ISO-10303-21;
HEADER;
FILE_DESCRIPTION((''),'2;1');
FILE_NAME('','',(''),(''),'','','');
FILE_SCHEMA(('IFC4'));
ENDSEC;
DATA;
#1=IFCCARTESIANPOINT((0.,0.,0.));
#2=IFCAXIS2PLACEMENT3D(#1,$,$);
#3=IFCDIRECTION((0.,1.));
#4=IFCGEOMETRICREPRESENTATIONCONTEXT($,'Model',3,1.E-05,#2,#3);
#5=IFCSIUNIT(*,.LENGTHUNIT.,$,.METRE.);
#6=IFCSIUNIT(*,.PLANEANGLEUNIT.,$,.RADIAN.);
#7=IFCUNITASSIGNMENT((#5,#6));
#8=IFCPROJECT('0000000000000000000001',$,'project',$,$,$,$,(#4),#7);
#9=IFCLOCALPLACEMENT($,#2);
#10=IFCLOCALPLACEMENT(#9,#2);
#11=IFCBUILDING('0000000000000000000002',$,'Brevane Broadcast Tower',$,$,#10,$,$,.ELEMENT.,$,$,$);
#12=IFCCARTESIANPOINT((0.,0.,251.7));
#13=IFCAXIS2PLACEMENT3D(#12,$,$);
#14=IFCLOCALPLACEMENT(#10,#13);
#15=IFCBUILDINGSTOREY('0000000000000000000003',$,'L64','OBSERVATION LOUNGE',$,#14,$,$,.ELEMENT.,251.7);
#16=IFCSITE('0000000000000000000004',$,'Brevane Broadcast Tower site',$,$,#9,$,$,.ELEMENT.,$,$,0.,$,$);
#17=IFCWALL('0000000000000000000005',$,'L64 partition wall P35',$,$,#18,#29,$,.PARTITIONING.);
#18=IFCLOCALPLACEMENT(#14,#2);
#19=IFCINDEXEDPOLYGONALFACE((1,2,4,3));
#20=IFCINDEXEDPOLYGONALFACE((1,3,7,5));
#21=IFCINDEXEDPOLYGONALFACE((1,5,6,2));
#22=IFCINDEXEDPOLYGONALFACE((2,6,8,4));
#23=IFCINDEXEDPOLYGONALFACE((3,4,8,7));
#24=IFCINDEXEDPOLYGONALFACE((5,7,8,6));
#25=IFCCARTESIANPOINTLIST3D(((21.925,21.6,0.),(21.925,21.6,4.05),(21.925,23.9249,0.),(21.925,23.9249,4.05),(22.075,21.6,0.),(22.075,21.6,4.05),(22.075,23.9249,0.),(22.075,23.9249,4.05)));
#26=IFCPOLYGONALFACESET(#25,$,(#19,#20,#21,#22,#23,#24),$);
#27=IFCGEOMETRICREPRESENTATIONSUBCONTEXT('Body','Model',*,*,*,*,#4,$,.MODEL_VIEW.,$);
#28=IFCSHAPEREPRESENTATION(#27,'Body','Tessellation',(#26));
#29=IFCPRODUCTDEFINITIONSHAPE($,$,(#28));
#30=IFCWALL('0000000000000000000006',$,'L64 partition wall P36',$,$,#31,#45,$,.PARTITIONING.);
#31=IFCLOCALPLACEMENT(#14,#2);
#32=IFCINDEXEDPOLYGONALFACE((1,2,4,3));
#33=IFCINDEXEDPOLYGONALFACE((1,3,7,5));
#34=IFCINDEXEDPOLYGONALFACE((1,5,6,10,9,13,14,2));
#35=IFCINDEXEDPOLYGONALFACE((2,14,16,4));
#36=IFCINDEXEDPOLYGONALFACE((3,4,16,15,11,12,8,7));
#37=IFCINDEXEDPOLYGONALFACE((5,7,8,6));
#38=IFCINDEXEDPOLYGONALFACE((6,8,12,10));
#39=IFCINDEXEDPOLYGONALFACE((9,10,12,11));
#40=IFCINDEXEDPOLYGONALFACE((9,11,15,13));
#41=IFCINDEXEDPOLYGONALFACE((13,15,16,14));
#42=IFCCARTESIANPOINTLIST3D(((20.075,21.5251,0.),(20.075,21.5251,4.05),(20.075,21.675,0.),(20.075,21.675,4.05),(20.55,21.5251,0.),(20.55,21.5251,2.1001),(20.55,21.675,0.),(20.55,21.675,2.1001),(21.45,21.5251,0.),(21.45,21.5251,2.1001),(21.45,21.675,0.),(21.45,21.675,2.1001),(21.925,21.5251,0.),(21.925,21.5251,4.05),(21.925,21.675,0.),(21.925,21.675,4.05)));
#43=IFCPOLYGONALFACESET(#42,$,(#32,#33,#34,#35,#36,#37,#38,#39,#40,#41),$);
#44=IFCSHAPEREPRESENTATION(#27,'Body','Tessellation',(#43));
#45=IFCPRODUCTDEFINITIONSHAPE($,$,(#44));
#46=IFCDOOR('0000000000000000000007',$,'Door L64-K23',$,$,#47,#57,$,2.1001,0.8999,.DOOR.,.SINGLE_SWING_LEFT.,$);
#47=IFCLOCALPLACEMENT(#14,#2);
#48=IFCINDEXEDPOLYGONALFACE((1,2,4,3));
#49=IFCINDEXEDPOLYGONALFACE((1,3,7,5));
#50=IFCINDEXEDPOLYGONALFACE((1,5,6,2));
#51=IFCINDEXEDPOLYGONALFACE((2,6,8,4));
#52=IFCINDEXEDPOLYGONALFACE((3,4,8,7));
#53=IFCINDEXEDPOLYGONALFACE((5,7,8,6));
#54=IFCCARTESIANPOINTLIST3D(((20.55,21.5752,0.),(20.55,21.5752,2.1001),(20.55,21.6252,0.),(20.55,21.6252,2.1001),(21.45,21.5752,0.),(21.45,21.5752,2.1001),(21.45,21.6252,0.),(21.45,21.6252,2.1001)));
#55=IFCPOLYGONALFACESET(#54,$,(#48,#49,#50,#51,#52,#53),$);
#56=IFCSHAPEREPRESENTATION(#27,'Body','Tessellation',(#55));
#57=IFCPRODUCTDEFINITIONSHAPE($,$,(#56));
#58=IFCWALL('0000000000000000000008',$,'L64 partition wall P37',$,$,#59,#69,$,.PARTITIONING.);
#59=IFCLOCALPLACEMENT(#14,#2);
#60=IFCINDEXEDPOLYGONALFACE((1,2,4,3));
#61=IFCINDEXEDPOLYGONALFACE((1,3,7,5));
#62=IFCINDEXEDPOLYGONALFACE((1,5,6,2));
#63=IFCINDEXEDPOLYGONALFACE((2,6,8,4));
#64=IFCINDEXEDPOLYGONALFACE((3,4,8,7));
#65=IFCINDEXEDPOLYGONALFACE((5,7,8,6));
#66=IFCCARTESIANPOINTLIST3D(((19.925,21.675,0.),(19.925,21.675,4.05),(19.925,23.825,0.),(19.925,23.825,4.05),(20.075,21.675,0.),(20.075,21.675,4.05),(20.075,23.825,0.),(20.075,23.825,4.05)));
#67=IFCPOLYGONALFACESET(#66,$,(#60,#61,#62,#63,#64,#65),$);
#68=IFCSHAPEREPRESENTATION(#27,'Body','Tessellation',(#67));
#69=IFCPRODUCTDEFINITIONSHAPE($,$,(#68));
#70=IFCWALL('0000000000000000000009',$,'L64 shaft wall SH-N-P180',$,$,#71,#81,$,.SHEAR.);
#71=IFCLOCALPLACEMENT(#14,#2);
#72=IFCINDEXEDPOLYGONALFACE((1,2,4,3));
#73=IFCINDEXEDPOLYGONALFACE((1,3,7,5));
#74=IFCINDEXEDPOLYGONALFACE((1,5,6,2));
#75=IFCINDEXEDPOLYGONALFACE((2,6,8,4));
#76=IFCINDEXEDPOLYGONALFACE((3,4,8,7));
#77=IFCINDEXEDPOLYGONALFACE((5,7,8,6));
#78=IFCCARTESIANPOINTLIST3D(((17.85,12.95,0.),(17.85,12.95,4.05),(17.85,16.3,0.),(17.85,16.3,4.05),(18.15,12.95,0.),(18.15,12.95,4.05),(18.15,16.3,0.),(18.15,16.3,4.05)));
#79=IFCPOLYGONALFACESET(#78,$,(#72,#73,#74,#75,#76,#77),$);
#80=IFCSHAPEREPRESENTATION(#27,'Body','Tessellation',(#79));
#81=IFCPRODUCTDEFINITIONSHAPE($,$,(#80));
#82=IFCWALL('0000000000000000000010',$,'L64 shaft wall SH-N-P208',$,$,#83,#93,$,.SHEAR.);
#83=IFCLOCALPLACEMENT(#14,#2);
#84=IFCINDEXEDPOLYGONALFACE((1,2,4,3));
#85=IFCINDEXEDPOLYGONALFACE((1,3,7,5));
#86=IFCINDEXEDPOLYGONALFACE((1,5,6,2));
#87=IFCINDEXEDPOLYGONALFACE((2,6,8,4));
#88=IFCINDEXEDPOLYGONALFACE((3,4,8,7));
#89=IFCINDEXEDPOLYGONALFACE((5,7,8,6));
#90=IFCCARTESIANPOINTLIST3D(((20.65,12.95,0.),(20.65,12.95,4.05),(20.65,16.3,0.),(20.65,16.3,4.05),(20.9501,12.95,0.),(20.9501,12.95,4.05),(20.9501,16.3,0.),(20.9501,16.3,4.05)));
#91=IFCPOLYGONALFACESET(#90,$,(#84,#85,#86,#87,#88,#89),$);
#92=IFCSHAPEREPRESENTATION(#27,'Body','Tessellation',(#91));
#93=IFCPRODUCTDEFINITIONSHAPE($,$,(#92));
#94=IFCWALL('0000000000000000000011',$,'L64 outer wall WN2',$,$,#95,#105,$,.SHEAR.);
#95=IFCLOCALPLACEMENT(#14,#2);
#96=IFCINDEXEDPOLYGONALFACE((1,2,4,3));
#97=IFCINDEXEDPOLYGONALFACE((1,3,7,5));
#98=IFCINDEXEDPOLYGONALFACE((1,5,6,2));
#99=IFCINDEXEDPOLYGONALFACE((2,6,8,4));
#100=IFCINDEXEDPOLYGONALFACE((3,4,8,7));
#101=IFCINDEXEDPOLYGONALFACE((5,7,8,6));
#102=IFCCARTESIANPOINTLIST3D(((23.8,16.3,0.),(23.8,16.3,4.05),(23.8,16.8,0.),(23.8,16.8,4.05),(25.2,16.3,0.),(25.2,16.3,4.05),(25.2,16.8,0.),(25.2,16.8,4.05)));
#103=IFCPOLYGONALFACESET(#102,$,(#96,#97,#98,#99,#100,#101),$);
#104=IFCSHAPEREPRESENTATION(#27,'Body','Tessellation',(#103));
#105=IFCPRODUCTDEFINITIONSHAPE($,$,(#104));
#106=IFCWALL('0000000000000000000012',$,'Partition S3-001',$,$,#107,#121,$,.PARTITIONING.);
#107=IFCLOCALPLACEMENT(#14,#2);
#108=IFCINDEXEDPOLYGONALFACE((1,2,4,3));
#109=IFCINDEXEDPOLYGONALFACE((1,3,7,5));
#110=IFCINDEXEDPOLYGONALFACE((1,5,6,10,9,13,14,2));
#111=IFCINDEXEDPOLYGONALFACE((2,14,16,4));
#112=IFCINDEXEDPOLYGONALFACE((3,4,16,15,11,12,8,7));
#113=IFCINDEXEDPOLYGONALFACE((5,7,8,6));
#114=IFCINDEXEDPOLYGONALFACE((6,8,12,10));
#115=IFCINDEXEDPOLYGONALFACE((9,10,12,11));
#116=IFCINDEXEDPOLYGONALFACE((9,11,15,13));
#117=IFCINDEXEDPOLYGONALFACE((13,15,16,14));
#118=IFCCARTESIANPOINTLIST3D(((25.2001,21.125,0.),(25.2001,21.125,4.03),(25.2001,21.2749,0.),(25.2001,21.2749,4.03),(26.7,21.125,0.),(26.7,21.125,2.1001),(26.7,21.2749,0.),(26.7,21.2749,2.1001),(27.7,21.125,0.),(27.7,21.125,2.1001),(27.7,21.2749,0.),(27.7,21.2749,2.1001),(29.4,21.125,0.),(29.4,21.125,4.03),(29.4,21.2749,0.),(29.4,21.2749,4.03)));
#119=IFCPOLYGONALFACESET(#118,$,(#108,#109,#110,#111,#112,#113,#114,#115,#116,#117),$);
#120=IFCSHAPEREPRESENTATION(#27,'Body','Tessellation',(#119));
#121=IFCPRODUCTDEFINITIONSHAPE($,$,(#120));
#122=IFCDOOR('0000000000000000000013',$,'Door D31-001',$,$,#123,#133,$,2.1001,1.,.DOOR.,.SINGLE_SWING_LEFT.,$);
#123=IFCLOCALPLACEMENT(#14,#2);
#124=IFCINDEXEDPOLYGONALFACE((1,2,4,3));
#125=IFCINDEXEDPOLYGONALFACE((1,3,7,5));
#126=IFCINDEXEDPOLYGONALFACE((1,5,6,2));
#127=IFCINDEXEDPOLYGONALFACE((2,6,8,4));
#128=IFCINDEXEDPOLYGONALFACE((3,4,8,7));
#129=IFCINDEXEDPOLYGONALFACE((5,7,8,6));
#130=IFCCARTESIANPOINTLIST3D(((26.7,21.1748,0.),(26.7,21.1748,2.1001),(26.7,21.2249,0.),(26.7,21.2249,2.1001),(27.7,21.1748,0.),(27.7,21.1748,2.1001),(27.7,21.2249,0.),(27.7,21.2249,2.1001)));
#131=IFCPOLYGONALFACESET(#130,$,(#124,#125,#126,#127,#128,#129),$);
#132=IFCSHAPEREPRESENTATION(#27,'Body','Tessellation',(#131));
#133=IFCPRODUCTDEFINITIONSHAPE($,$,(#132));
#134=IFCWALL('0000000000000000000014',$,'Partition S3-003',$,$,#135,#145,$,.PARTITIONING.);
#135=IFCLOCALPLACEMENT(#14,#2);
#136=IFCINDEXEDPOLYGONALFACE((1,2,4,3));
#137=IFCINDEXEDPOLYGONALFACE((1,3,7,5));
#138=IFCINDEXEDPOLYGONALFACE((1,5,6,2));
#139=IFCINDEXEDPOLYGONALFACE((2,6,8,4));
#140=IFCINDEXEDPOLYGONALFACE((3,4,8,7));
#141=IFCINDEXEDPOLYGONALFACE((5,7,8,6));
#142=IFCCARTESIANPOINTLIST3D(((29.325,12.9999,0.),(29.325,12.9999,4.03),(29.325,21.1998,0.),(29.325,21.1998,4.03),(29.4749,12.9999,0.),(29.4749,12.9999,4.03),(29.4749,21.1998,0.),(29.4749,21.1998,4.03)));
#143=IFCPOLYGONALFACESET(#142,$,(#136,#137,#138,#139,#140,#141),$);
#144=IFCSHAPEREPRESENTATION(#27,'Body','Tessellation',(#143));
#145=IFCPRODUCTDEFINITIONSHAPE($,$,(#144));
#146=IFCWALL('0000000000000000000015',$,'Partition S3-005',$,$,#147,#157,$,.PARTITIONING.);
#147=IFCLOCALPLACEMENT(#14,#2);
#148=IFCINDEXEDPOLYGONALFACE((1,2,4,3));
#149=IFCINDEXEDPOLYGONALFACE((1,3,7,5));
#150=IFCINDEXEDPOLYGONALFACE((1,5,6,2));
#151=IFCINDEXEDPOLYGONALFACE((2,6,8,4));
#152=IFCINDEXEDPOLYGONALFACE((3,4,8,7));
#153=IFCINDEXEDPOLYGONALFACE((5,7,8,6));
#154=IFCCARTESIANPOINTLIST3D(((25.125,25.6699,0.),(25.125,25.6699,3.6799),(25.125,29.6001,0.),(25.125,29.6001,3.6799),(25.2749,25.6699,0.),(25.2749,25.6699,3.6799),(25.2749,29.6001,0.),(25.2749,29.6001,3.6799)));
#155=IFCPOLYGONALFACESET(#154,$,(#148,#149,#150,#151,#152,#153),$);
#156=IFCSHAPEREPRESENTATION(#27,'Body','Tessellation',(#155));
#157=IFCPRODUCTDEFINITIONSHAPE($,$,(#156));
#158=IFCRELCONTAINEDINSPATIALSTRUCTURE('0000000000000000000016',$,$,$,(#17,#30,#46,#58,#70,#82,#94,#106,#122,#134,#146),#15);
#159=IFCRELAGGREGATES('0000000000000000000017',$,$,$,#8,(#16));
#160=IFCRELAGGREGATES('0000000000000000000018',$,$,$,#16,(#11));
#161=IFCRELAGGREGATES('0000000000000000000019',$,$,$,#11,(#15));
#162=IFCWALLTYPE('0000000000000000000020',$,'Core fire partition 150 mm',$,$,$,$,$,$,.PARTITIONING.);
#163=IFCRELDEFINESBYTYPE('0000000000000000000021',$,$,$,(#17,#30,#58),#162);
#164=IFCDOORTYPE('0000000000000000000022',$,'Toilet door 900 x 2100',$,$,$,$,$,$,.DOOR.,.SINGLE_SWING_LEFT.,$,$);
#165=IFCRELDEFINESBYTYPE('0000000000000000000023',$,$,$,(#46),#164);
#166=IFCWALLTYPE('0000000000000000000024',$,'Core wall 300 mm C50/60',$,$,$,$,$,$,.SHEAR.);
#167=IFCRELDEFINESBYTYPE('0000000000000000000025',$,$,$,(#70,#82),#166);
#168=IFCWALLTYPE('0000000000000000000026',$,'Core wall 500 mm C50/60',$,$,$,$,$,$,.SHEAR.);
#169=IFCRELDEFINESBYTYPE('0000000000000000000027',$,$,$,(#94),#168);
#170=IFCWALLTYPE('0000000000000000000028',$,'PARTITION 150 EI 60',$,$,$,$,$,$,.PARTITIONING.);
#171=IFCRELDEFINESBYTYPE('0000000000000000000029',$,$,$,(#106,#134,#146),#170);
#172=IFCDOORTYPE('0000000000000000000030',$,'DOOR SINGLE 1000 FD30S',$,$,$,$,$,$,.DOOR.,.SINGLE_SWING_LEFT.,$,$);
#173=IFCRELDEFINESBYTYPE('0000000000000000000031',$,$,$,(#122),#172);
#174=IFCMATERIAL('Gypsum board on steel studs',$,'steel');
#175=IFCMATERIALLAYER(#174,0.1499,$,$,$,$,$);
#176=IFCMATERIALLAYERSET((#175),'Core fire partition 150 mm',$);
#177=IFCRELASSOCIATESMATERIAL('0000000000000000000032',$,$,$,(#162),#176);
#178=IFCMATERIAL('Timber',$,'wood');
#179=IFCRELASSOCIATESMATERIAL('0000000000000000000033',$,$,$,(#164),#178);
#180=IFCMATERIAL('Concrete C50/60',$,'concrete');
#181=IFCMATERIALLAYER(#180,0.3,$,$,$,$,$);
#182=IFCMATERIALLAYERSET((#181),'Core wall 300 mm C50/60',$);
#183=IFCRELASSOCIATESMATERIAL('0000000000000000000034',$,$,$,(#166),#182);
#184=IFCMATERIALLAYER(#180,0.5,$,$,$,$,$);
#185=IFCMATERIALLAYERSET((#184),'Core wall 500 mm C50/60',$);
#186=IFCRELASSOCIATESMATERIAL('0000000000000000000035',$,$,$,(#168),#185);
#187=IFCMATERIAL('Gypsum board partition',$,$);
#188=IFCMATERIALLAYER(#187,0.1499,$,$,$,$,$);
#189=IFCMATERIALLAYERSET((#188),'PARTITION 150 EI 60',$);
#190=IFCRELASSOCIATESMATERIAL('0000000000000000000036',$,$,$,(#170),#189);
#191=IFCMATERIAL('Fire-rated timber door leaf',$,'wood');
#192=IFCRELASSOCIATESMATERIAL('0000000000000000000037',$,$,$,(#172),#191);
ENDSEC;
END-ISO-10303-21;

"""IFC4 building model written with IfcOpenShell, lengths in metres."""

from ifc_helpers import new_model, si_unit, direction, frame, frame_2d, origin, place, context, subcontext, project, spatial, rectangle, extrude, material, layer, layer_set, type_object, element, fill, save


model = new_model("IFC4")

# Units and contexts
model_context = context("Model", 3, precision=1e-05, world=origin(), true_north=direction((0.0, 1.0)))
body_context = subcontext(model_context, "Body", "Model", "MODEL_VIEW")
ifc_project = project(units=[si_unit("LENGTHUNIT", "METRE"), si_unit("PLANEANGLEUNIT", "RADIAN")], contexts=[model_context])

# Site, building, storey
site_placement = place(None, origin())
site = spatial("IfcSite", under=ifc_project, at=site_placement, Name="Brevane Broadcast Tower site", CompositionType="ELEMENT", RefElevation=0.0)
building_placement = place(site_placement, origin())
building = spatial("IfcBuilding", under=site, at=building_placement, Name="Brevane Broadcast Tower", CompositionType="ELEMENT")
storey_placement = place(building_placement, frame((0.0, 0.0, 251.7)))
storey = spatial("IfcBuildingStorey", under=building, at=storey_placement, Name="L64", Description="OBSERVATION LOUNGE", CompositionType="ELEMENT", Elevation=251.7)

# Shared definitions
ifc_material_1 = material(Name="Concrete C50/60", Category="concrete")

# Shared definitions
ifc_material_2 = material(Name="Gypsum board on steel studs", Category="steel")
ifc_layer_1 = layer(ifc_material_2, 0.1499)
ifc_layer_set_1 = layer_set([ifc_layer_1], Name="Core fire partition 150 mm")
wall_type_1 = type_object("IfcWallType", Name="Core fire partition 150 mm", PredefinedType="PARTITIONING", material=ifc_layer_set_1)

# Wall
wall_1_placement = place(storey_placement, frame((22.0, 23.925, 0.0), z_axis=(0.0, 0.0, 1.0), x_axis=(0.0, -1.0, 0.0)))
element("IfcWall", 1, at=wall_1_placement, inside=storey, type_object=wall_type_1, Name="L64 partition wall P35", PredefinedType="PARTITIONING", context=body_context, shape_type="SweptSolid", body=[
    extrude(rectangle(XDim=2.325, YDim=0.1499, at=frame_2d((1.1626, 0.0))), origin(), (0.0, 0.0, 1.0), 4.05),
])

# Wall, opening, door
wall_2_placement = place(storey_placement, frame((21.925, 21.6001, 0.0), z_axis=(0.0, 0.0, 1.0), x_axis=(-1.0, 0.0, 0.0)))
wall_2 = element("IfcWall", 2, at=wall_2_placement, inside=storey, type_object=wall_type_1, Name="L64 partition wall P36", PredefinedType="PARTITIONING", context=body_context, shape_type="SweptSolid", body=[
    extrude(rectangle(XDim=1.8501, YDim=0.1499, at=frame_2d((0.925, 0.0))), origin(), (0.0, 0.0, 1.0), 4.05),
])
opening_1_placement = place(wall_2_placement, frame((0.4751, 0.0, 0.0)))
opening_1 = element("IfcOpeningElement", 3, at=opening_1_placement, cuts=wall_2, PredefinedType="OPENING", context=body_context, shape_type="SweptSolid", body=[
    extrude(rectangle(XDim=0.8999, YDim=2.1001, at=frame_2d((0.45, 1.05))), frame((0.0, 0.085, 0.0), z_axis=(0.0, -1.0, 0.0), x_axis=(1.0, 0.0, 0.0)), (0.0, 0.0, 1.0), 0.1699),
])
ifc_material_3 = material(Name="Timber", Category="wood")
door_type_1 = type_object("IfcDoorType", Name="Toilet door 900 x 2100", OperationType="SINGLE_SWING_LEFT", PredefinedType="DOOR", material=ifc_material_3)
door_1_placement = place(opening_1_placement, origin())
door_1 = element("IfcDoor", 4, at=door_1_placement, inside=storey, type_object=door_type_1, Name="Door L64-K23", OperationType="SINGLE_SWING_LEFT", OverallHeight=2.1001, OverallWidth=0.8999, PredefinedType="DOOR", context=body_context, shape_type="SweptSolid", body=[
    extrude(rectangle(XDim=0.8999, YDim=2.1001, at=frame_2d((0.45, 1.05))), frame((0.0, 0.0249, 0.0), z_axis=(0.0, -1.0, 0.0), x_axis=(1.0, 0.0, 0.0)), (0.0, 0.0, 1.0), 0.05),
])
fill(opening_1, door_1)

# Walls
wall_3_placement = place(storey_placement, frame((20.0, 21.675, 0.0), z_axis=(0.0, 0.0, 1.0), x_axis=(0.0, 1.0, 0.0)))
element("IfcWall", 5, at=wall_3_placement, inside=storey, type_object=wall_type_1, Name="L64 partition wall P37", PredefinedType="PARTITIONING", context=body_context, shape_type="SweptSolid", body=[
    extrude(rectangle(XDim=2.1499, YDim=0.1499, at=frame_2d((1.075, 0.0))), origin(), (0.0, 0.0, 1.0), 4.05),
])
ifc_layer_2 = layer(ifc_material_1, 0.3)
ifc_layer_set_2 = layer_set([ifc_layer_2], Name="Core wall 300 mm C50/60")
wall_type_2 = type_object("IfcWallType", Name="Core wall 300 mm C50/60", PredefinedType="SHEAR", material=ifc_layer_set_2)
for number, where, z_axis, x_axis, name in (
    (6, (18.0, 12.95, 0.0), (0.0, 0.0, 1.0), (0.0, 1.0, 0.0), "L64 shaft wall SH-N-P180"),
    (7, (20.8, 12.95, 0.0), (0.0, 0.0, 1.0), (0.0, 1.0, 0.0), "L64 shaft wall SH-N-P208"),
):
    element("IfcWall", number, at=place(storey_placement, frame(where, z_axis=z_axis, x_axis=x_axis)), inside=storey, type_object=wall_type_2, Name=name, PredefinedType="SHEAR", context=body_context, shape_type="SweptSolid", body=[
        extrude(rectangle(XDim=3.3501, YDim=0.3, at=frame_2d((1.675, 0.0))), origin(), (0.0, 0.0, 1.0), 4.05),
    ])
ifc_layer_3 = layer(ifc_material_1, 0.5)
ifc_layer_set_3 = layer_set([ifc_layer_3], Name="Core wall 500 mm C50/60")
wall_type_3 = type_object("IfcWallType", Name="Core wall 500 mm C50/60", PredefinedType="SHEAR", material=ifc_layer_set_3)
wall_4_placement = place(storey_placement, frame((23.8, 16.55, 0.0), z_axis=(0.0, 0.0, 1.0), x_axis=(1.0, 0.0, 0.0)))
element("IfcWall", 8, at=wall_4_placement, inside=storey, type_object=wall_type_3, Name="L64 outer wall WN2", PredefinedType="SHEAR", context=body_context, shape_type="SweptSolid", body=[
    extrude(rectangle(XDim=1.3999, YDim=0.5, at=frame_2d((0.7, 0.0))), origin(), (0.0, 0.0, 1.0), 4.05),
])

# Wall, opening, door
ifc_material_4 = material(Name="Gypsum board partition")
ifc_layer_4 = layer(ifc_material_4, 0.1499)
ifc_layer_set_4 = layer_set([ifc_layer_4], Name="PARTITION 150 EI 60")
wall_type_4 = type_object("IfcWallType", Name="PARTITION 150 EI 60", PredefinedType="PARTITIONING", material=ifc_layer_set_4)
wall_5_placement = place(storey_placement, frame((25.2, 21.2, 0.0), z_axis=(0.0, 0.0, 1.0), x_axis=(1.0, 0.0, 0.0)))
wall_5 = element("IfcWall", 9, at=wall_5_placement, inside=storey, type_object=wall_type_4, Name="Partition S3-001", PredefinedType="PARTITIONING", context=body_context, shape_type="SweptSolid", body=[
    extrude(rectangle(XDim=4.2, YDim=0.1499, at=frame_2d((2.1001, 0.0))), origin(), (0.0, 0.0, 1.0), 4.03),
])
opening_2_placement = place(wall_5_placement, frame((1.5, 0.0, 0.0)))
opening_2 = element("IfcOpeningElement", 10, at=opening_2_placement, cuts=wall_5, PredefinedType="OPENING", context=body_context, shape_type="SweptSolid", body=[
    extrude(rectangle(XDim=1.0, YDim=2.1001, at=frame_2d((0.5, 1.05))), frame((0.0, 0.085, 0.0), z_axis=(0.0, -1.0, 0.0), x_axis=(1.0, 0.0, 0.0)), (0.0, 0.0, 1.0), 0.1699),
])
ifc_material_5 = material(Name="Fire-rated timber door leaf", Category="wood")
door_type_2 = type_object("IfcDoorType", Name="DOOR SINGLE 1000 FD30S", OperationType="SINGLE_SWING_LEFT", PredefinedType="DOOR", material=ifc_material_5)
door_2_placement = place(opening_2_placement, origin())
door_2 = element("IfcDoor", 11, at=door_2_placement, inside=storey, type_object=door_type_2, Name="Door D31-001", OperationType="SINGLE_SWING_LEFT", OverallHeight=2.1001, OverallWidth=1.0, PredefinedType="DOOR", context=body_context, shape_type="SweptSolid", body=[
    extrude(rectangle(XDim=1.0, YDim=2.1001, at=frame_2d((0.5, 1.05))), frame((0.0, 0.0249, 0.0), z_axis=(0.0, -1.0, 0.0), x_axis=(1.0, 0.0, 0.0)), (0.0, 0.0, 1.0), 0.05),
])
fill(opening_2, door_2)

# Walls
wall_6_placement = place(storey_placement, frame((29.3999, 21.2, 0.0), z_axis=(0.0, 0.0, 1.0), x_axis=(0.0, -1.0, 0.0)))
element("IfcWall", 12, at=wall_6_placement, inside=storey, type_object=wall_type_4, Name="Partition S3-003", PredefinedType="PARTITIONING", context=body_context, shape_type="SweptSolid", body=[
    extrude(rectangle(XDim=8.2, YDim=0.1499, at=frame_2d((4.1001, 0.0))), origin(), (0.0, 0.0, 1.0), 4.03),
])
wall_7_placement = place(storey_placement, frame((25.2, 25.6699, 0.0), z_axis=(0.0, 0.0, 1.0), x_axis=(0.0, 1.0, 0.0)))
element("IfcWall", 13, at=wall_7_placement, inside=storey, type_object=wall_type_4, Name="Partition S3-005", PredefinedType="PARTITIONING", context=body_context, shape_type="SweptSolid", body=[
    extrude(rectangle(XDim=3.9302, YDim=0.1499, at=frame_2d((1.9651, 0.0))), origin(), (0.0, 0.0, 1.0), 3.6799),
])

save(model, "model.ifc")
